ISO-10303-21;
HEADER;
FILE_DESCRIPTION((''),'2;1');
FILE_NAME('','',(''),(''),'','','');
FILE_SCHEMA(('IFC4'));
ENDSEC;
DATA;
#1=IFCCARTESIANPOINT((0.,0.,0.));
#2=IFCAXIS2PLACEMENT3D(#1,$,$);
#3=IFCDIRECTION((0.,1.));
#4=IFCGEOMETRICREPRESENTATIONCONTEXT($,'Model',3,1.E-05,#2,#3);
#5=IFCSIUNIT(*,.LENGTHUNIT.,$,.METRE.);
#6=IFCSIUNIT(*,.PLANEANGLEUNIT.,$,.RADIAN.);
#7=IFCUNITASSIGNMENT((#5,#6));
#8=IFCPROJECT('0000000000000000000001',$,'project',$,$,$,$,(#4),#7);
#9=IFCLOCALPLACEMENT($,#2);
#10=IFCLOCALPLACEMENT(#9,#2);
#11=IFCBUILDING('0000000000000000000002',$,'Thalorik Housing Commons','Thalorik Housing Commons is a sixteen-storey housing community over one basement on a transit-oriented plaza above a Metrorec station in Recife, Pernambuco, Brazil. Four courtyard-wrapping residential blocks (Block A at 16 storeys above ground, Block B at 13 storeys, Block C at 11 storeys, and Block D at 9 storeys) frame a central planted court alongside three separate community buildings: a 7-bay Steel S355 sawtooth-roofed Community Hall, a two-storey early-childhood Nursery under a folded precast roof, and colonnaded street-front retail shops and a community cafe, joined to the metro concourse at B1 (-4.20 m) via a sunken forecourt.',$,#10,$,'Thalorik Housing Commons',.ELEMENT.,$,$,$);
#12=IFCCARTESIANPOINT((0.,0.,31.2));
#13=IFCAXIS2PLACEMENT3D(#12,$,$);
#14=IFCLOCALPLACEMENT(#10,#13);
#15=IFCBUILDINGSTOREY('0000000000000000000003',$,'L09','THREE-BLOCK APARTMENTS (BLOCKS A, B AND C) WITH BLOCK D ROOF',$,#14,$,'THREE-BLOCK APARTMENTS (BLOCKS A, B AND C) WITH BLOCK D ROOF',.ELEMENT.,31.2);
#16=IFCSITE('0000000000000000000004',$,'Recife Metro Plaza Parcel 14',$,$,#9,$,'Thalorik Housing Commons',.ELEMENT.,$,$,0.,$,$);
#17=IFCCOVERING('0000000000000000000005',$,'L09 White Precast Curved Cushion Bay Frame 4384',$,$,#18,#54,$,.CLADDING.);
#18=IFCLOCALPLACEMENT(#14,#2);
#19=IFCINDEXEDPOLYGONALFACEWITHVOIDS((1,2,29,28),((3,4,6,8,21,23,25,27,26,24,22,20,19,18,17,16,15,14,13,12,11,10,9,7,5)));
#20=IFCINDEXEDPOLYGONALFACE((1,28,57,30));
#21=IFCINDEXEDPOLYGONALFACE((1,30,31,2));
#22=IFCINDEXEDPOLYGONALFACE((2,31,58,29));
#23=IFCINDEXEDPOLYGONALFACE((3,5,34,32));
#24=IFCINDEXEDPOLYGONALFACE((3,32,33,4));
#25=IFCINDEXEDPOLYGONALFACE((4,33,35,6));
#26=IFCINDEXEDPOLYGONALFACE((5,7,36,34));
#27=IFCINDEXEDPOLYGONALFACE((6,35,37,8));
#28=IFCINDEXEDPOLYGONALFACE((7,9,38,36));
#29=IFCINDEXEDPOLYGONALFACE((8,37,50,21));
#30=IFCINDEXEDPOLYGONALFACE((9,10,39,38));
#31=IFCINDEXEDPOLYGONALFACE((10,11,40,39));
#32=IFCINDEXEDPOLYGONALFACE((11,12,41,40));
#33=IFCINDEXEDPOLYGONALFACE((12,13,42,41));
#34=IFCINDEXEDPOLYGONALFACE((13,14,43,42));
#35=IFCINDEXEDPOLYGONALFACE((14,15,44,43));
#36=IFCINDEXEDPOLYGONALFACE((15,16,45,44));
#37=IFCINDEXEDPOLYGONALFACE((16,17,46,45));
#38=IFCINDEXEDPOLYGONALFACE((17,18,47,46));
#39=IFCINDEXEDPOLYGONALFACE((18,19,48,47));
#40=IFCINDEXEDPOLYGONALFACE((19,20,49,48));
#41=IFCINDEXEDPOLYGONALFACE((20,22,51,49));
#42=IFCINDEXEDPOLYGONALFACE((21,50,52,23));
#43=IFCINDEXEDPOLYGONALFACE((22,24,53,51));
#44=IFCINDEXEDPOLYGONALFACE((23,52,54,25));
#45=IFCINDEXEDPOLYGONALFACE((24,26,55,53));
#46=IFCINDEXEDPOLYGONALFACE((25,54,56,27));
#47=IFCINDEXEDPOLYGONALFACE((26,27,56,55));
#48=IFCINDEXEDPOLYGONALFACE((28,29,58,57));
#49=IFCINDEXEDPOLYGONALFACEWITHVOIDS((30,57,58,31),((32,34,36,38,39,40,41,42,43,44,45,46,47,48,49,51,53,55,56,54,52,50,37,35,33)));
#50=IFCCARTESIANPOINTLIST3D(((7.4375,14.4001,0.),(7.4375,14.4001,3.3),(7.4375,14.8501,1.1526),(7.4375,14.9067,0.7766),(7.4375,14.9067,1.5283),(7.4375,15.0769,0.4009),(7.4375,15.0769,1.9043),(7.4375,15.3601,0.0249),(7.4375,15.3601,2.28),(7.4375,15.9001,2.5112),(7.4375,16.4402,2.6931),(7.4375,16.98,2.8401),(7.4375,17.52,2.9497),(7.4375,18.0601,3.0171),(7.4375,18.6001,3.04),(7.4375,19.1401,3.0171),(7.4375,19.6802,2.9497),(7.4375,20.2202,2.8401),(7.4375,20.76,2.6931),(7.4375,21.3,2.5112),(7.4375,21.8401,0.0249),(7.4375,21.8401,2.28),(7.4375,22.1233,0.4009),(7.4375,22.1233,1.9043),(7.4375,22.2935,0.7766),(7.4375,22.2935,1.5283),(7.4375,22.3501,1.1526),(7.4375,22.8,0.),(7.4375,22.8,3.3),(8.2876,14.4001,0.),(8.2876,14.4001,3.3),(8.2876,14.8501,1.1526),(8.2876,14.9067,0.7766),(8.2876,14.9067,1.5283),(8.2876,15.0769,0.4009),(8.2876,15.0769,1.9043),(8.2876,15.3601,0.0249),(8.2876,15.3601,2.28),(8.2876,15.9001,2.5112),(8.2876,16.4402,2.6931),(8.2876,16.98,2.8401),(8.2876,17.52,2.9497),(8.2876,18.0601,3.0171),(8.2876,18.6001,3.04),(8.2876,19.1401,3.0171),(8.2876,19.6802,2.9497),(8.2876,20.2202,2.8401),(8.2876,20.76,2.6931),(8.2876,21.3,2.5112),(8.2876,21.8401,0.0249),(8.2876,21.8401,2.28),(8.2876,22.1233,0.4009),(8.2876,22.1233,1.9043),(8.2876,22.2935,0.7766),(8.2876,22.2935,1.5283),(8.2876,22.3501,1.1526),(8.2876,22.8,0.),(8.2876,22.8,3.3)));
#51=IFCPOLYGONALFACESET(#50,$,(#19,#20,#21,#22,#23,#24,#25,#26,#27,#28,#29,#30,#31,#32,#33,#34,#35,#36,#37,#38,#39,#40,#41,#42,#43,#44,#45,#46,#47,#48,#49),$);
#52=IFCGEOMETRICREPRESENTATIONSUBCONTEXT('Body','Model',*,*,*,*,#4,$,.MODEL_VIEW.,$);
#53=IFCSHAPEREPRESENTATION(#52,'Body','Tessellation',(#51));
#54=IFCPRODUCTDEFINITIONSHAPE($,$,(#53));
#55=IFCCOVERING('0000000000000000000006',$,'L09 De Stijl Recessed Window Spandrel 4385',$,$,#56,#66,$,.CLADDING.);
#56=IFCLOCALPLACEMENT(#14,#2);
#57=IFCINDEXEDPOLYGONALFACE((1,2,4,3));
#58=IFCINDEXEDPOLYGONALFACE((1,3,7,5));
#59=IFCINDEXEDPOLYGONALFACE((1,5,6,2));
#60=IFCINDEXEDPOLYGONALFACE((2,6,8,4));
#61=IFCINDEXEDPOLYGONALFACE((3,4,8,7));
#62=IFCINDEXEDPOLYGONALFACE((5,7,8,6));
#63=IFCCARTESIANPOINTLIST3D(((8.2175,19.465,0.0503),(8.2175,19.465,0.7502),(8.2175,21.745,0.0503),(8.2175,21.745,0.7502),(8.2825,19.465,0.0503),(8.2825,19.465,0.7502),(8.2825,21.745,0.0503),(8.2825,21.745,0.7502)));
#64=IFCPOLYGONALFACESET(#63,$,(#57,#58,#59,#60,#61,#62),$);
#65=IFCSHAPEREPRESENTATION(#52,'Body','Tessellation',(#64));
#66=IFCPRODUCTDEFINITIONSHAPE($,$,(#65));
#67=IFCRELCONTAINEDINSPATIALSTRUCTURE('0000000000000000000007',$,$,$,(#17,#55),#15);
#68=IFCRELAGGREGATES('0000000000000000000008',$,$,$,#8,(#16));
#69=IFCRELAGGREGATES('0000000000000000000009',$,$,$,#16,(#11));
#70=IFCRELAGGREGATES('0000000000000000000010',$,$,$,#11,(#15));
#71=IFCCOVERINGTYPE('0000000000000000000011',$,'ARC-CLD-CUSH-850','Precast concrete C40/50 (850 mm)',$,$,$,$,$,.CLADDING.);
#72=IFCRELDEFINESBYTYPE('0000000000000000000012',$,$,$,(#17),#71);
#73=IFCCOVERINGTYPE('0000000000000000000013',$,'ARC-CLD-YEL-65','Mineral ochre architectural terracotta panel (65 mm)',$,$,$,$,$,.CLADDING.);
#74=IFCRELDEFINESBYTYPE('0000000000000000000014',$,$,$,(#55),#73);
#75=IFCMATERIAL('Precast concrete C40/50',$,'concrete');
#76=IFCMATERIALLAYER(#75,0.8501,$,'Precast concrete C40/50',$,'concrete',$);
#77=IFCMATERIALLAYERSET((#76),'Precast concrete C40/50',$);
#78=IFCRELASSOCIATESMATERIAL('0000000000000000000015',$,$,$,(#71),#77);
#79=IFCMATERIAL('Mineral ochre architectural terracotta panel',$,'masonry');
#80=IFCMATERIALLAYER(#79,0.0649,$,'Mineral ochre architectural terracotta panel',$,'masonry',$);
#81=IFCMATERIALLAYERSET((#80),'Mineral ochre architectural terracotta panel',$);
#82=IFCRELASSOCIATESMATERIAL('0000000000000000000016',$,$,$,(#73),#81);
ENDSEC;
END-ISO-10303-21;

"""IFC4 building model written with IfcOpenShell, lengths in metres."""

from ifc_helpers import new_model, si_unit, direction, frame, origin, origin_2d, place, context, subcontext, project, spatial, polyline, rectangle, outline, extrude, material, layer, layer_set, type_object, element, save


model = new_model("IFC4")

# Units and contexts
model_context = context("Model", 3, precision=1e-05, world=origin(), true_north=direction((0.0, 1.0)))
body_context = subcontext(model_context, "Body", "Model", "MODEL_VIEW")
ifc_project = project(units=[si_unit("LENGTHUNIT", "METRE"), si_unit("PLANEANGLEUNIT", "RADIAN")], contexts=[model_context])

# Site, building, storey
site_placement = place(None, origin())
site = spatial("IfcSite", under=ifc_project, at=site_placement, Name="Recife Metro Plaza Parcel 14", LongName="Thalorik Housing Commons", CompositionType="ELEMENT", RefElevation=0.0)
building_placement = place(site_placement, origin())
building = spatial("IfcBuilding", under=site, at=building_placement, Name="Thalorik Housing Commons", Description="Thalorik Housing Commons is a sixteen-storey housing community over one basement on a transit-oriented plaza above a Metrorec station in Recife, Pernambuco, Brazil. Four courtyard-wrapping residential blocks (Block A at 16 storeys above ground, Block B at 13 storeys, Block C at 11 storeys, and Block D at 9 storeys) frame a central planted court alongside three separate community buildings: a 7-bay Steel S355 sawtooth-roofed Community Hall, a two-storey early-childhood Nursery under a folded precast roof, and colonnaded street-front retail shops and a community cafe, joined to the metro concourse at B1 (-4.20 m) via a sunken forecourt.", LongName="Thalorik Housing Commons", CompositionType="ELEMENT")
storey_placement = place(building_placement, frame((0.0, 0.0, 31.2)))
storey = spatial("IfcBuildingStorey", under=building, at=storey_placement, Name="L09", Description="THREE-BLOCK APARTMENTS (BLOCKS A, B AND C) WITH BLOCK D ROOF", LongName="THREE-BLOCK APARTMENTS (BLOCKS A, B AND C) WITH BLOCK D ROOF", CompositionType="ELEMENT", Elevation=31.2)

# Shared definitions
ifc_material_1 = material(Name="Precast concrete C40/50", Category="concrete")

# Coverings
ifc_layer_1 = layer(ifc_material_1, 0.8501, Name="Precast concrete C40/50", Category="concrete")
ifc_layer_set_1 = layer_set([ifc_layer_1], Name="Precast concrete C40/50")
covering_type_1 = type_object("IfcCoveringType", Name="ARC-CLD-CUSH-850", Description="Precast concrete C40/50 (850 mm)", PredefinedType="CLADDING", material=ifc_layer_set_1)
covering_1_placement = place(storey_placement, frame((7.8625, 18.6001, 0.0), z_axis=(0.0, 0.0, 1.0), x_axis=(0.0, -1.0, 0.0)))
element("IfcCovering", 1, at=covering_1_placement, inside=storey, type_object=covering_type_1, Name="L09 White Precast Curved Cushion Bay Frame 4384", PredefinedType="CLADDING", context=body_context, shape_type="SweptSolid", body=[
    extrude(outline(polyline([(-4.2, 0.0), (4.2, 0.0), (4.2, 3.3), (-4.2, 3.3), (-4.2, 0.0)]), holes=[polyline([(3.24, 0.0249), (3.5232, 0.4009), (3.6934, 0.7766), (3.75, 1.1526), (3.6934, 1.5283), (3.5232, 1.9043), (3.24, 2.28), (2.7, 2.5112), (2.1599, 2.6931), (1.6201, 2.8401), (1.0801, 2.9497), (0.54, 3.0171), (0.0, 3.04), (-0.54, 3.0171), (-1.0801, 2.9497), (-1.6201, 2.8401), (-2.1599, 2.6931), (-2.7, 2.5112), (-3.24, 2.28), (-3.5232, 1.9043), (-3.6934, 1.5283), (-3.75, 1.1526), (-3.6934, 0.7766), (-3.5232, 0.4009), (-3.24, 0.0249), (3.24, 0.0249)])]), frame((0.0, 0.425, 0.0), z_axis=(0.0, -1.0, 0.0), x_axis=(1.0, 0.0, 0.0)), (0.0, 0.0, 1.0), 0.8501),
])
ifc_material_2 = material(Name="Mineral ochre architectural terracotta panel", Category="masonry")
ifc_layer_2 = layer(ifc_material_2, 0.0649, Name="Mineral ochre architectural terracotta panel", Category="masonry")
ifc_layer_set_2 = layer_set([ifc_layer_2], Name="Mineral ochre architectural terracotta panel")
covering_type_2 = type_object("IfcCoveringType", Name="ARC-CLD-YEL-65", Description="Mineral ochre architectural terracotta panel (65 mm)", PredefinedType="CLADDING", material=ifc_layer_set_2)
covering_2_placement = place(storey_placement, frame((8.25, 20.605, 0.0503), z_axis=(0.0, 0.0, 1.0), x_axis=(0.0, -1.0, 0.0)))
element("IfcCovering", 2, at=covering_2_placement, inside=storey, type_object=covering_type_2, Name="L09 De Stijl Recessed Window Spandrel 4385", PredefinedType="CLADDING", context=body_context, shape_type="SweptSolid", body=[
    extrude(rectangle(XDim=2.28, YDim=0.0649, at=origin_2d()), origin(), (0.0, 0.0, 1.0), 0.7),
])

save(model, "model.ifc")
